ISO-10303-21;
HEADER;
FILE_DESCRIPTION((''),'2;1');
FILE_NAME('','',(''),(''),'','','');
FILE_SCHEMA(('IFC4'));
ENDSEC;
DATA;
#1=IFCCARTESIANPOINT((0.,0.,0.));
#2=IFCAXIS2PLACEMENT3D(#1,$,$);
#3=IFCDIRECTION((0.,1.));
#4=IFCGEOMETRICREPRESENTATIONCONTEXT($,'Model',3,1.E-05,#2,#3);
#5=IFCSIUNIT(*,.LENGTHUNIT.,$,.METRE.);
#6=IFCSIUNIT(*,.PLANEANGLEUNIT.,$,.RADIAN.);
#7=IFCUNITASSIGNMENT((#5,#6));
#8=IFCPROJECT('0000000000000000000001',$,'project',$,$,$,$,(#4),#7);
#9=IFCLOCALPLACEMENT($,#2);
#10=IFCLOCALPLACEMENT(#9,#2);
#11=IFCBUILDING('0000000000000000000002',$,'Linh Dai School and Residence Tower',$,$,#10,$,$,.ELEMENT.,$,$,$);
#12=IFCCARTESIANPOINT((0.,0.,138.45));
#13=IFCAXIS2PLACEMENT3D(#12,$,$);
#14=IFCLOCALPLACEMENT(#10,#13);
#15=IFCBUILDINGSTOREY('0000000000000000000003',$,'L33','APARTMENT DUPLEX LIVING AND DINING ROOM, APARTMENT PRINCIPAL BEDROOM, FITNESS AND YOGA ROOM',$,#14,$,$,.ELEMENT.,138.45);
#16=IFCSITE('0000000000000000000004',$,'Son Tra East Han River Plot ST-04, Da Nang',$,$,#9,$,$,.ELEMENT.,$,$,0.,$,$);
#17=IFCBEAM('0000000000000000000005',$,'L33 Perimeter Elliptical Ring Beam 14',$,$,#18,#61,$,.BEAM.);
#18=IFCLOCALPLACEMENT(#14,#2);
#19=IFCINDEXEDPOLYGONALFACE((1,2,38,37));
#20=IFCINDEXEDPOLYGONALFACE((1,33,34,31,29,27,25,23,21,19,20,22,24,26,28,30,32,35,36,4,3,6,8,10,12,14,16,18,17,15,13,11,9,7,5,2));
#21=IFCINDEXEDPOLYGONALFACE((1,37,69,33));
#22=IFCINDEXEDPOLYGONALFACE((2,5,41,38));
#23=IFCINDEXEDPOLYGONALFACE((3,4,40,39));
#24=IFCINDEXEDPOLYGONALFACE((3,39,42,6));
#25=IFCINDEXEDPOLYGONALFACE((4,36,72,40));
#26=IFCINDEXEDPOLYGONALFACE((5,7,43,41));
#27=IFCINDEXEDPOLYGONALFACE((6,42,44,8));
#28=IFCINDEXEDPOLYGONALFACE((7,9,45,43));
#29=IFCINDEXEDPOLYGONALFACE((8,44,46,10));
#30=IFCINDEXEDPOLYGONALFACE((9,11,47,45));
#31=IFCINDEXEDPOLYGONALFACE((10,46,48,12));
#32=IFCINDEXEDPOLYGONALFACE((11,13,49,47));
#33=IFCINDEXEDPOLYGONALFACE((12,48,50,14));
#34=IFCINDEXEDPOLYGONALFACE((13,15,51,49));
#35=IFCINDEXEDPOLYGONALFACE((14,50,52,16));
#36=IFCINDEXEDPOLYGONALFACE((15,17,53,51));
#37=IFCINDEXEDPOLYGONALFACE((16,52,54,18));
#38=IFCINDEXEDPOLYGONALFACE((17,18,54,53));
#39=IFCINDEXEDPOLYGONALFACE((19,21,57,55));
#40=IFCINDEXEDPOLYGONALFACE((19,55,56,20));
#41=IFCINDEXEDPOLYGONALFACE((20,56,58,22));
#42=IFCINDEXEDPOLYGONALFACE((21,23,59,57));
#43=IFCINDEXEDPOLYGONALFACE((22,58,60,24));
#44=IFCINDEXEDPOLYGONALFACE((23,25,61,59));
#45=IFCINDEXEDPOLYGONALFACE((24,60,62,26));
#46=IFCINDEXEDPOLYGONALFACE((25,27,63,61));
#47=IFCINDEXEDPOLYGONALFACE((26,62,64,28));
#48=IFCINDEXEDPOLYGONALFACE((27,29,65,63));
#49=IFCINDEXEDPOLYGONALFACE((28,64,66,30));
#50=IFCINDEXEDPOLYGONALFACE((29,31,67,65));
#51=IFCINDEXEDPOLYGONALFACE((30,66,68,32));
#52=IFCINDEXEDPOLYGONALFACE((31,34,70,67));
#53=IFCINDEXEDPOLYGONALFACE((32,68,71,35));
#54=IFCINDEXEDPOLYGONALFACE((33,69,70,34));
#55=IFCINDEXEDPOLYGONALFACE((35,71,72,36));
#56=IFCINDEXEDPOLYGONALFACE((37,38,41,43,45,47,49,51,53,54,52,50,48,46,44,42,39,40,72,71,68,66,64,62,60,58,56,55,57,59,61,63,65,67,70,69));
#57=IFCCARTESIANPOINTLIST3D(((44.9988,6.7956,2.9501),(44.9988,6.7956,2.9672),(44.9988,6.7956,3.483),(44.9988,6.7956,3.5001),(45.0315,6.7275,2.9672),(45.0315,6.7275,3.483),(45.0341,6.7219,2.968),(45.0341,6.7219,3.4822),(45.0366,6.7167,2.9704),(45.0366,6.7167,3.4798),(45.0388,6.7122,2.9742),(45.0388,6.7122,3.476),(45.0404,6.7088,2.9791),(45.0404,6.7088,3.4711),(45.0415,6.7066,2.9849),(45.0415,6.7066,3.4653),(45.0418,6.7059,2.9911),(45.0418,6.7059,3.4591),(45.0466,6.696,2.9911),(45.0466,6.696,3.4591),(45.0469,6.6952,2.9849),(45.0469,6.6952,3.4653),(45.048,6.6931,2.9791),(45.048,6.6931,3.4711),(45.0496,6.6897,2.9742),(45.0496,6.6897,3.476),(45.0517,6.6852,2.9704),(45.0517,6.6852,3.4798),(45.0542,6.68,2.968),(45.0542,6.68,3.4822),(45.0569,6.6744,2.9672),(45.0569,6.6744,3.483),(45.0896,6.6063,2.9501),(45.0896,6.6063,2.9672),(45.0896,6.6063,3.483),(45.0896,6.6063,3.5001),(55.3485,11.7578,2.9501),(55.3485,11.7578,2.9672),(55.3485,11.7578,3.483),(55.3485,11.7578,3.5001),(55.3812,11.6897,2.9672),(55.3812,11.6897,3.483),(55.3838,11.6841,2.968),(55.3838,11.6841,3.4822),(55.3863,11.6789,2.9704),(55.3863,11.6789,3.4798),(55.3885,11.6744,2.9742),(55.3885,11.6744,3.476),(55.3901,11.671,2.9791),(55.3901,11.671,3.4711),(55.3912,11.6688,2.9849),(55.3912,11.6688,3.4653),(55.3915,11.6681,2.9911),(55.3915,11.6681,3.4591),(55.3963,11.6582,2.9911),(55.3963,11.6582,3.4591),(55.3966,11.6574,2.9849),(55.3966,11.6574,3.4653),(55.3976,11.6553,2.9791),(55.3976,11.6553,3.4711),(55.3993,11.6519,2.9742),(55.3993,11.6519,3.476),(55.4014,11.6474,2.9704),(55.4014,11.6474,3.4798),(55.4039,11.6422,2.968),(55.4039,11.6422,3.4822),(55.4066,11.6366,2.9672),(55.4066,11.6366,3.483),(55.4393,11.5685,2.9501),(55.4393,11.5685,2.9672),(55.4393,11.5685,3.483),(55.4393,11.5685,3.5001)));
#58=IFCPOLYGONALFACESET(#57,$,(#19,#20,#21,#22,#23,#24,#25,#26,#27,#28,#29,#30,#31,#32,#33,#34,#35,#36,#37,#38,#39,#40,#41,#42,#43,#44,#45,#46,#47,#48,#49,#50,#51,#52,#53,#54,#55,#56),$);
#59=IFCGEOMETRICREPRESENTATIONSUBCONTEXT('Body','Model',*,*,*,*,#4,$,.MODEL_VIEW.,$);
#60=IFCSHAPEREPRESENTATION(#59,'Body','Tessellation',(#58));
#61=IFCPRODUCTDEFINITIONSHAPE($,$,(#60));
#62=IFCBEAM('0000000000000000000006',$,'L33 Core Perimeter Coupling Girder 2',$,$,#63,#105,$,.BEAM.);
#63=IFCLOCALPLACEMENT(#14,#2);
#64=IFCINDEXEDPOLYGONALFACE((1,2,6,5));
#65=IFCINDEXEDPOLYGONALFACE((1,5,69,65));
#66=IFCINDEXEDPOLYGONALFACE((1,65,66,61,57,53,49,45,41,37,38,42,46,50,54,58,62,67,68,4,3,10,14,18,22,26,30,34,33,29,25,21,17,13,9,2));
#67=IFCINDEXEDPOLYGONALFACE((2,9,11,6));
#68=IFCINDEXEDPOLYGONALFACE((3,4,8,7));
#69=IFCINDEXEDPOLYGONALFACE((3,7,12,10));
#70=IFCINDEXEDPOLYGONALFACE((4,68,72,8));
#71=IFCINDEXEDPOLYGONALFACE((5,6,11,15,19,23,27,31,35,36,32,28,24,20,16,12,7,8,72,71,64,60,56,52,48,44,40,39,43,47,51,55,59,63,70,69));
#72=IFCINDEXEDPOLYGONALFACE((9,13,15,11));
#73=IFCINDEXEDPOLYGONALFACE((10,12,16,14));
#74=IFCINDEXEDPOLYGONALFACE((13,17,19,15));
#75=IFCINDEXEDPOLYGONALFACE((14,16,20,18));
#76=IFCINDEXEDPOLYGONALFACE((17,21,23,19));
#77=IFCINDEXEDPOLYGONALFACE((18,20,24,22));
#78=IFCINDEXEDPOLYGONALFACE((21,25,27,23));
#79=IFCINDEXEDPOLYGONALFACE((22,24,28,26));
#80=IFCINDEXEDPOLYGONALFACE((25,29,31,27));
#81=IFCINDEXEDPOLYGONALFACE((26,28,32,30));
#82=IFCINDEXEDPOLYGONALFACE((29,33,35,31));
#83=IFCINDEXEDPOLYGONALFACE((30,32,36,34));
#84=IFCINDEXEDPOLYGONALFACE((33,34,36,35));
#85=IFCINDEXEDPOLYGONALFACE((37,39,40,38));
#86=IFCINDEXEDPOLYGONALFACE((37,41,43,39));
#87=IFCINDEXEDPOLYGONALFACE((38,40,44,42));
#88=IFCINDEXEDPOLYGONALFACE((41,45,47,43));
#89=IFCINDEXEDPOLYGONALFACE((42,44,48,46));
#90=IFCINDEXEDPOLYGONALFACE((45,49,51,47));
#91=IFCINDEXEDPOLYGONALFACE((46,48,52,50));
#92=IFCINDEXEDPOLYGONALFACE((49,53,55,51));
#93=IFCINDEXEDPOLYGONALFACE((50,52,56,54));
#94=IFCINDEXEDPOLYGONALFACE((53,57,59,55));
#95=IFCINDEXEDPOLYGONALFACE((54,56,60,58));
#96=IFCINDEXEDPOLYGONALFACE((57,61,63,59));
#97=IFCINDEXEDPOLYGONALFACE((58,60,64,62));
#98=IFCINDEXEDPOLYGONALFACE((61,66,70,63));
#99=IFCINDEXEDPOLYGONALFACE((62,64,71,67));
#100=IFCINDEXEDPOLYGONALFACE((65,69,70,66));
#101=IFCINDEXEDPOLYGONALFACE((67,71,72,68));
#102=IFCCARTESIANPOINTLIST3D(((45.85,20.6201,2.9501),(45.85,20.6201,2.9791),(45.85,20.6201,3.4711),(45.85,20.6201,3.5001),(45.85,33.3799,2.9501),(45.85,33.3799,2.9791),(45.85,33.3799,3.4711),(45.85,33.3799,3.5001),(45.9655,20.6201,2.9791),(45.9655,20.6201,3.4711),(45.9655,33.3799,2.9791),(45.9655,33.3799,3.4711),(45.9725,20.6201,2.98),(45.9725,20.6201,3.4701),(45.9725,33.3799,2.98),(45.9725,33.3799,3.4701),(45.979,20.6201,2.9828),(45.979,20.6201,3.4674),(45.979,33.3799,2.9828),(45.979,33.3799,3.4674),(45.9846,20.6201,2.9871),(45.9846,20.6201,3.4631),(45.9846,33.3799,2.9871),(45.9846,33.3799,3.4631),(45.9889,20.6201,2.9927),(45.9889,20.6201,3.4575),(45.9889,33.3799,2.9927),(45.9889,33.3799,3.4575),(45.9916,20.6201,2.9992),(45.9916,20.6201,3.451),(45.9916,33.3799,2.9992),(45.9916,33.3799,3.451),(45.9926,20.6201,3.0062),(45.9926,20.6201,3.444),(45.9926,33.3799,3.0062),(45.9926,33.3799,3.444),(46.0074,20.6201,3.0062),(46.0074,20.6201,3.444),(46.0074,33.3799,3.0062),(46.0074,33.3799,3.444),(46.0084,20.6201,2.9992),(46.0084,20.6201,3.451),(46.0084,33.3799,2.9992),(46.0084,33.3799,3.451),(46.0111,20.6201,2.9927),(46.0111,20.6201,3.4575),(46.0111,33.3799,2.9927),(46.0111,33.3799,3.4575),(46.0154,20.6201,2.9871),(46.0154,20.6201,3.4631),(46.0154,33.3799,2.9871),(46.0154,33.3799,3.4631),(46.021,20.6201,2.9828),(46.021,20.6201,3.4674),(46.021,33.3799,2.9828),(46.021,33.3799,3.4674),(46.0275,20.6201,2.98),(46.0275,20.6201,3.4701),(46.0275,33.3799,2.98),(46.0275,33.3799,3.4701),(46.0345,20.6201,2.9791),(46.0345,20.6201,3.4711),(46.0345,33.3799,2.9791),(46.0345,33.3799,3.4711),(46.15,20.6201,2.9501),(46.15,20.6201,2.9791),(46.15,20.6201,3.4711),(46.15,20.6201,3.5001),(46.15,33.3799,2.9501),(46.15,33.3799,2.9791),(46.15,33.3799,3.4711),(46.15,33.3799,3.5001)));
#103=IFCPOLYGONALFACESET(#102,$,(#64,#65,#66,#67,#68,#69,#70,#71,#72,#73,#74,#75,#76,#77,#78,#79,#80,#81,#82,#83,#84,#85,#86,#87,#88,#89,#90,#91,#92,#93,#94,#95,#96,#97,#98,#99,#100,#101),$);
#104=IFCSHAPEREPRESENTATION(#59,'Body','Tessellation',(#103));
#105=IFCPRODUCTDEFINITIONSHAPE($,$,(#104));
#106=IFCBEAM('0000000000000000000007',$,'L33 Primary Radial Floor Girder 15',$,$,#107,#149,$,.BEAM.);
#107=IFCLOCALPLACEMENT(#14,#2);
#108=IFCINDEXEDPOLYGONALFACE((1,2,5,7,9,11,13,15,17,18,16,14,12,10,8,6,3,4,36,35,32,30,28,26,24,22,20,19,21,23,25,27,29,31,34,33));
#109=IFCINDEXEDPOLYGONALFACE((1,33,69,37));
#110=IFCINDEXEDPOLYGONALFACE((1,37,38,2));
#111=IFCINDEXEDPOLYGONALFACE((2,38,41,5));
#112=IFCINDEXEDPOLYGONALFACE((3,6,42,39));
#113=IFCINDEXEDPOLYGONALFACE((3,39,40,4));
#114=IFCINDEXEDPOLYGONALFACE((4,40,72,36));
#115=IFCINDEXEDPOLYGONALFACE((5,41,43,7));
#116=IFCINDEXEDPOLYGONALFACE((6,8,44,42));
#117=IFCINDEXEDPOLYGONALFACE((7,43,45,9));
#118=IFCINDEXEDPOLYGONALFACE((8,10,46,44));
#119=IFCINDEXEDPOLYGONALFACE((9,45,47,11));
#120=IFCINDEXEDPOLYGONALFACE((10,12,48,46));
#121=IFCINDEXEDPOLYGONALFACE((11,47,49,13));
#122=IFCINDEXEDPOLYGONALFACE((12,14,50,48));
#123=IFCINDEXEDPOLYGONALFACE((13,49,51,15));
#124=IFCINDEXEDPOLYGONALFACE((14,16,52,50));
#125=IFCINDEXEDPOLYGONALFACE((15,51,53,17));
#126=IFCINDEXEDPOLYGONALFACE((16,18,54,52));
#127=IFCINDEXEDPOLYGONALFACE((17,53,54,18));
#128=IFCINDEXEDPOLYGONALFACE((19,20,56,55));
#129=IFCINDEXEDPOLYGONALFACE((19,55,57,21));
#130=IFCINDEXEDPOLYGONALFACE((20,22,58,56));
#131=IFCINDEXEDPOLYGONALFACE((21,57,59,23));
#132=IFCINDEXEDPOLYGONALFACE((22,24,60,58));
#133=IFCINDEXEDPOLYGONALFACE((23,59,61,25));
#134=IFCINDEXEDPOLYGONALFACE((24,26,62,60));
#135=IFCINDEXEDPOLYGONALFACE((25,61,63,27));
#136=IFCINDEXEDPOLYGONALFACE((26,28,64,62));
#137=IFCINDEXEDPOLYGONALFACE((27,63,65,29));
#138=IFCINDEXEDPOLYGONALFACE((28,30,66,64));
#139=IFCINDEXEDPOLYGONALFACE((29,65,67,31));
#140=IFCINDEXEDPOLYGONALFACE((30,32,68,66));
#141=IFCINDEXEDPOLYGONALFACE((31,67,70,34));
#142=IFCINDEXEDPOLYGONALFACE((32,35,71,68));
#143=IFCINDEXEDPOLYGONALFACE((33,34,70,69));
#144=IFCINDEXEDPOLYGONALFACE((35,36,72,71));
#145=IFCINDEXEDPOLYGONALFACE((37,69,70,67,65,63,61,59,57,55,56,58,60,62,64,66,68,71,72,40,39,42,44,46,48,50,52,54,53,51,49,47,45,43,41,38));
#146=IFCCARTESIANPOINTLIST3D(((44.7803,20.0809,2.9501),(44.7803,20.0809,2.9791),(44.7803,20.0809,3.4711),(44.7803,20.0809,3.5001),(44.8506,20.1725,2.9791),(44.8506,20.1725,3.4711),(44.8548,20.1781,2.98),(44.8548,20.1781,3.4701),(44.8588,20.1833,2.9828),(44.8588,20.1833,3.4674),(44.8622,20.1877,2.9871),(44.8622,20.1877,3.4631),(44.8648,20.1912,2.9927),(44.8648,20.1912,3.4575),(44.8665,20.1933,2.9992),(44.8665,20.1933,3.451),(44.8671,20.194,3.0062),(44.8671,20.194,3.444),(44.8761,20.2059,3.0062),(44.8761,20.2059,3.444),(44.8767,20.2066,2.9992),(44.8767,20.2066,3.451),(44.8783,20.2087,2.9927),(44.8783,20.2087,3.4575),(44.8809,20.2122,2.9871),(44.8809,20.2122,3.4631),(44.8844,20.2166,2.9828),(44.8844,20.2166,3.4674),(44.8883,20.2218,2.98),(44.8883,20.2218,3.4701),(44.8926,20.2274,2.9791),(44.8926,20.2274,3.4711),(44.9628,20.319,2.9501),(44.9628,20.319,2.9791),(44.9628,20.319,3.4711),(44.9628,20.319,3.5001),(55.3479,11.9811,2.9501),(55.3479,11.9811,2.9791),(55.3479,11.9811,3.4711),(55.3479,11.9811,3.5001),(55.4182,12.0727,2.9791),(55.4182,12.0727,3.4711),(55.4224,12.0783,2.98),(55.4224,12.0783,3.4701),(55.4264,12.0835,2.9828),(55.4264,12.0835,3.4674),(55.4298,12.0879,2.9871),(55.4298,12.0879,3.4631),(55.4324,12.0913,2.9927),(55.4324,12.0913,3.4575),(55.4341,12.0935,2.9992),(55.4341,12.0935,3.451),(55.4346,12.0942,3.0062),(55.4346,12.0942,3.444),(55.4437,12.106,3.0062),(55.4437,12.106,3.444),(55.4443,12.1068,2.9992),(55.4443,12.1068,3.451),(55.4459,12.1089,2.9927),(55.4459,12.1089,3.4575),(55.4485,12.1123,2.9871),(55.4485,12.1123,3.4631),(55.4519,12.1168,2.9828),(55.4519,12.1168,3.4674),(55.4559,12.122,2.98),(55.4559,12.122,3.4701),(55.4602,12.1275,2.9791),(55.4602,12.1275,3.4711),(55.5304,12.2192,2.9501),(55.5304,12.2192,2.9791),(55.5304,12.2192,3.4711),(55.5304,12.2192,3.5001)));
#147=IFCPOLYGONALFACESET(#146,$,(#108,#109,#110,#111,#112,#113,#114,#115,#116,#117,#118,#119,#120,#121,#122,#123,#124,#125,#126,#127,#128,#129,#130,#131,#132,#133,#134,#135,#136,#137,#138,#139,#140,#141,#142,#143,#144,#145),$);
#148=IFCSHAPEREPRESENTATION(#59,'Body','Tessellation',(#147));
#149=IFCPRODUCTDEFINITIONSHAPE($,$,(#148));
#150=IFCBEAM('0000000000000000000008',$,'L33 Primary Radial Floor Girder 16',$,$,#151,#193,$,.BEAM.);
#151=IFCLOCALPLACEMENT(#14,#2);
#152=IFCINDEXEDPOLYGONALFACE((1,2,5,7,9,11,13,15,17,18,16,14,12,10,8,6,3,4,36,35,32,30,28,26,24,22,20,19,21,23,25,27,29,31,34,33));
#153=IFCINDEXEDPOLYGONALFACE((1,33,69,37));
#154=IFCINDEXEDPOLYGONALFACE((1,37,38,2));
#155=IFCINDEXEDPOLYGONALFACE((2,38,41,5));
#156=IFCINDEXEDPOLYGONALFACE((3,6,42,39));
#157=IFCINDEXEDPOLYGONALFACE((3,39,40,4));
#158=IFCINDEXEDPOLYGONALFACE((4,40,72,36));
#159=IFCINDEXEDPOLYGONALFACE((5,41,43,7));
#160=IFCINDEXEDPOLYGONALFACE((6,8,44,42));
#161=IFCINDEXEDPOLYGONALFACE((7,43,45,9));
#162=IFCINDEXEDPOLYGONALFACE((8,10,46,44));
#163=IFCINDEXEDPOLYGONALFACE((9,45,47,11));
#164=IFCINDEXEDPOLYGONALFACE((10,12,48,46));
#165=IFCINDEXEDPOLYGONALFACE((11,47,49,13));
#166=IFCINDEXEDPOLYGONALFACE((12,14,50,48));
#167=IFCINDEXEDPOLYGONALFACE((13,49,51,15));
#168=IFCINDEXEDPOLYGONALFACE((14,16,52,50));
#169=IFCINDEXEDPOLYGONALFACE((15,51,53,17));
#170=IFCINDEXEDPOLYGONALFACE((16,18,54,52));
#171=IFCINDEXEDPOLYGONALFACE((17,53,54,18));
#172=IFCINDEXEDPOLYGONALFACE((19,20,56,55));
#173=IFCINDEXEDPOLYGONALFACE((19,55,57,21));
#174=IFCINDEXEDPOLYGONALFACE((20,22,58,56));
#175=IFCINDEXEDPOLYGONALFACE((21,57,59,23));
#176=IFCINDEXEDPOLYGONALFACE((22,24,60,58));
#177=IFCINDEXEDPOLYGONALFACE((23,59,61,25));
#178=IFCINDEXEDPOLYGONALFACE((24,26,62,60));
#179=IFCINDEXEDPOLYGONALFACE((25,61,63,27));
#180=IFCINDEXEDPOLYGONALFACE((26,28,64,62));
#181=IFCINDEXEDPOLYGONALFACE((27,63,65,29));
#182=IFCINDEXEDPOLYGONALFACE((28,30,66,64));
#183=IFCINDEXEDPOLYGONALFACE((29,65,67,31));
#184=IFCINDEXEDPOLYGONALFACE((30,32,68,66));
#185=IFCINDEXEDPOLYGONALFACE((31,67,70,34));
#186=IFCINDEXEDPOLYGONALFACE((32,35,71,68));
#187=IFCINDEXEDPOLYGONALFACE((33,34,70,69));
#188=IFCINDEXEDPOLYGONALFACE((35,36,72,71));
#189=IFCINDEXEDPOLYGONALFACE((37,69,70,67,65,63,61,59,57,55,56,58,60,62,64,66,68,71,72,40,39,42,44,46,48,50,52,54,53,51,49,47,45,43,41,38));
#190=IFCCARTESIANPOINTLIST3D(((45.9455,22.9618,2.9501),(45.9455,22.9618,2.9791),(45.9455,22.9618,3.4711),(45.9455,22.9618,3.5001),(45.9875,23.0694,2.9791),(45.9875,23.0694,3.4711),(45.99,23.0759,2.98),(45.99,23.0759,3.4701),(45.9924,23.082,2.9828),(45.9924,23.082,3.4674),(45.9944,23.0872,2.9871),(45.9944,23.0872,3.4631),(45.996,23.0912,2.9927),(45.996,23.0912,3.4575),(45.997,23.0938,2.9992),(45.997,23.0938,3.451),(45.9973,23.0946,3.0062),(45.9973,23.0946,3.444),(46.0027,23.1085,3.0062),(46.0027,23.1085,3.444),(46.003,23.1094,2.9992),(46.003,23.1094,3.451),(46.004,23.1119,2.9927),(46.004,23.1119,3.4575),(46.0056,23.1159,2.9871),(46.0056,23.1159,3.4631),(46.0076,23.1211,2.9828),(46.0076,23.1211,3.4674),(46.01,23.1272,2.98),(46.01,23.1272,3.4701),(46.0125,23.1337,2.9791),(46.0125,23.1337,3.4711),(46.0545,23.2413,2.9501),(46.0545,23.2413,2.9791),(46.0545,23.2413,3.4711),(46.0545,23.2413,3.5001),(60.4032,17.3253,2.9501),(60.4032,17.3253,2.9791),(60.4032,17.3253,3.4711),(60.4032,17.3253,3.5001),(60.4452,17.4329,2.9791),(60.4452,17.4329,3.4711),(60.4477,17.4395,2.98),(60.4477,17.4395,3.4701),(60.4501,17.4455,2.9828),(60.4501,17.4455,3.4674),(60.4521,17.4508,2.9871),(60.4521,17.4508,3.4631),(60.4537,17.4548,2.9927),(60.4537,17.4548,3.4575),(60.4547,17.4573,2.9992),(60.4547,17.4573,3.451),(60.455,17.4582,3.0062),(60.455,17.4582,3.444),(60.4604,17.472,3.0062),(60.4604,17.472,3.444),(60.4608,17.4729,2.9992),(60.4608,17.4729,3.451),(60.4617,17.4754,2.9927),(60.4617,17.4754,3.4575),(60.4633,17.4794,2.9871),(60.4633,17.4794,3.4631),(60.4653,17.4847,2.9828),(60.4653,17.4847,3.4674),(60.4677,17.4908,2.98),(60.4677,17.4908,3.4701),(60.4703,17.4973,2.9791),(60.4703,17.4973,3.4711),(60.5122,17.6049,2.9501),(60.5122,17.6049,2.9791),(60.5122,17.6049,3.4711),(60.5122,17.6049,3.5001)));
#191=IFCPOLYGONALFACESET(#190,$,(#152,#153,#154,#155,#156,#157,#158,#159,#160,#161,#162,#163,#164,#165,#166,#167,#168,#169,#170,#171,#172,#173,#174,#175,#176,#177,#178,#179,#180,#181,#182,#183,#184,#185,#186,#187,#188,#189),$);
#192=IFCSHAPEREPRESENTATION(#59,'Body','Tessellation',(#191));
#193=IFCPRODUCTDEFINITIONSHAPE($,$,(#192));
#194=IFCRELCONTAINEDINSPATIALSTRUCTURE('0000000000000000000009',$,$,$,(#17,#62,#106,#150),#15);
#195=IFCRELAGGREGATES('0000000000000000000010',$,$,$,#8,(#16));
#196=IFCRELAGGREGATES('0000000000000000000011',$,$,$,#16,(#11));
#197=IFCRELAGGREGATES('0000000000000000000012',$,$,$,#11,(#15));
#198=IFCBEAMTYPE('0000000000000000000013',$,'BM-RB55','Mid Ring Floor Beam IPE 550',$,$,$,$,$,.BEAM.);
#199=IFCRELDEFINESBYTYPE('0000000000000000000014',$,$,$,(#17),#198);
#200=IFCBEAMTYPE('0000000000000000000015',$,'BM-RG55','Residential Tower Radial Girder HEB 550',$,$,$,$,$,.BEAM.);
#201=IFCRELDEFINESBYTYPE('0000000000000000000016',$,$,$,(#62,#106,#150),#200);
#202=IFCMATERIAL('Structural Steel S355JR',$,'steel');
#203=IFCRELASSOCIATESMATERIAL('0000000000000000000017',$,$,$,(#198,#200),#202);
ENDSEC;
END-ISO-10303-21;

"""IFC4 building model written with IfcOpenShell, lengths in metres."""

from ifc_helpers import new_model, si_unit, direction, frame, origin, origin_2d, place, context, subcontext, project, spatial, i_section, extrude, material, material_profile, profile_set, type_object, element, save


model = new_model("IFC4")

# Units and contexts
model_context = context("Model", 3, precision=1e-05, world=origin(), true_north=direction((0.0, 1.0)))
body_context = subcontext(model_context, "Body", "Model", "MODEL_VIEW")
ifc_project = project(units=[si_unit("LENGTHUNIT", "METRE"), si_unit("PLANEANGLEUNIT", "RADIAN")], contexts=[model_context])

# Site, building, storey
site_placement = place(None, origin())
site = spatial("IfcSite", under=ifc_project, at=site_placement, Name="Son Tra East Han River Plot ST-04, Da Nang", CompositionType="ELEMENT", RefElevation=0.0)
building_placement = place(site_placement, origin())
building = spatial("IfcBuilding", under=site, at=building_placement, Name="Linh Dai School and Residence Tower", CompositionType="ELEMENT")
storey_placement = place(building_placement, frame((0.0, 0.0, 138.45)))
storey = spatial("IfcBuildingStorey", under=building, at=storey_placement, Name="L33", Description="APARTMENT DUPLEX LIVING AND DINING ROOM, APARTMENT PRINCIPAL BEDROOM, FITNESS AND YOGA ROOM", CompositionType="ELEMENT", Elevation=138.45)

# Shared definitions
ifc_material_1 = material(Name="Structural Steel S355JR", Category="steel")

# Beams
ifc_material_profile_1 = material_profile(ifc_material_1, i_section(OverallWidth=0.21, OverallDepth=0.55, WebThickness=0.011, FlangeThickness=0.0171, FilletRadius=0.0239, at=origin_2d()), Name="IPE 550")
ifc_profile_set_1 = profile_set([ifc_material_profile_1], Name="Structural Steel S355JR")
beam_type_1 = type_object("IfcBeamType", Name="BM-RB55", Description="Mid Ring Floor Beam IPE 550", PredefinedType="BEAM", material=ifc_profile_set_1)
beam_1_placement = place(storey_placement, frame((45.0442, 6.7009, 3.2251), z_axis=(0.901715, 0.432331, 0.0), x_axis=(-0.432331, 0.901715, 0.0)))
element("IfcBeam", 1, at=beam_1_placement, inside=storey, type_object=beam_type_1, Name="L33 Perimeter Elliptical Ring Beam 14", PredefinedType="BEAM", context=body_context, shape_type="SweptSolid", body=[
    extrude(i_section(OverallWidth=0.21, OverallDepth=0.55, WebThickness=0.011, FlangeThickness=0.0171, FilletRadius=0.0239, at=origin_2d()), origin(), (0.0, 0.0, 1.0), 11.4778),
])
ifc_material_profile_2 = material_profile(ifc_material_1, i_section(OverallWidth=0.3, OverallDepth=0.55, WebThickness=0.0149, FlangeThickness=0.0291, FilletRadius=0.0271, at=origin_2d()), Name="HEB 550")
ifc_profile_set_2 = profile_set([ifc_material_profile_2], Name="Structural Steel S355JR")
beam_type_2 = type_object("IfcBeamType", Name="BM-RG55", Description="Residential Tower Radial Girder HEB 550", PredefinedType="BEAM", material=ifc_profile_set_2)
beam_2_placement = place(storey_placement, frame((46.0, 20.6201, 3.2251), z_axis=(0.0, 1.0, 0.0), x_axis=(-1.0, 0.0, 0.0)))
element("IfcBeam", 2, at=beam_2_placement, inside=storey, type_object=beam_type_2, Name="L33 Core Perimeter Coupling Girder 2", PredefinedType="BEAM", context=body_context, shape_type="SweptSolid", body=[
    extrude(i_section(OverallWidth=0.3, OverallDepth=0.55, WebThickness=0.0149, FlangeThickness=0.0291, FilletRadius=0.0271, at=origin_2d()), origin(), (0.0, 0.0, 1.0), 12.7598),
])
beam_3_placement = place(storey_placement, frame((44.8716, 20.2, 3.2251), z_axis=(0.793679, -0.608337, 0.0), x_axis=(0.608337, 0.793679, 0.0)))
element("IfcBeam", 3, at=beam_3_placement, inside=storey, type_object=beam_type_2, Name="L33 Primary Radial Floor Girder 15", PredefinedType="BEAM", context=body_context, shape_type="SweptSolid", body=[
    extrude(i_section(OverallWidth=0.3, OverallDepth=0.55, WebThickness=0.0149, FlangeThickness=0.0291, FilletRadius=0.0271, at=origin_2d()), origin(), (0.0, 0.0, 1.0), 13.3147),
])
beam_4_placement = place(storey_placement, frame((46.0, 23.1016, 3.2251), z_axis=(0.931699, -0.36323, 0.0), x_axis=(0.36323, 0.931699, 0.0)))
element("IfcBeam", 4, at=beam_4_placement, inside=storey, type_object=beam_type_2, Name="L33 Primary Radial Floor Girder 16", PredefinedType="BEAM", context=body_context, shape_type="SweptSolid", body=[
    extrude(i_section(OverallWidth=0.3, OverallDepth=0.55, WebThickness=0.0149, FlangeThickness=0.0291, FilletRadius=0.0271, at=origin_2d()), origin(), (0.0, 0.0, 1.0), 15.5176),
])

save(model, "model.ifc")
